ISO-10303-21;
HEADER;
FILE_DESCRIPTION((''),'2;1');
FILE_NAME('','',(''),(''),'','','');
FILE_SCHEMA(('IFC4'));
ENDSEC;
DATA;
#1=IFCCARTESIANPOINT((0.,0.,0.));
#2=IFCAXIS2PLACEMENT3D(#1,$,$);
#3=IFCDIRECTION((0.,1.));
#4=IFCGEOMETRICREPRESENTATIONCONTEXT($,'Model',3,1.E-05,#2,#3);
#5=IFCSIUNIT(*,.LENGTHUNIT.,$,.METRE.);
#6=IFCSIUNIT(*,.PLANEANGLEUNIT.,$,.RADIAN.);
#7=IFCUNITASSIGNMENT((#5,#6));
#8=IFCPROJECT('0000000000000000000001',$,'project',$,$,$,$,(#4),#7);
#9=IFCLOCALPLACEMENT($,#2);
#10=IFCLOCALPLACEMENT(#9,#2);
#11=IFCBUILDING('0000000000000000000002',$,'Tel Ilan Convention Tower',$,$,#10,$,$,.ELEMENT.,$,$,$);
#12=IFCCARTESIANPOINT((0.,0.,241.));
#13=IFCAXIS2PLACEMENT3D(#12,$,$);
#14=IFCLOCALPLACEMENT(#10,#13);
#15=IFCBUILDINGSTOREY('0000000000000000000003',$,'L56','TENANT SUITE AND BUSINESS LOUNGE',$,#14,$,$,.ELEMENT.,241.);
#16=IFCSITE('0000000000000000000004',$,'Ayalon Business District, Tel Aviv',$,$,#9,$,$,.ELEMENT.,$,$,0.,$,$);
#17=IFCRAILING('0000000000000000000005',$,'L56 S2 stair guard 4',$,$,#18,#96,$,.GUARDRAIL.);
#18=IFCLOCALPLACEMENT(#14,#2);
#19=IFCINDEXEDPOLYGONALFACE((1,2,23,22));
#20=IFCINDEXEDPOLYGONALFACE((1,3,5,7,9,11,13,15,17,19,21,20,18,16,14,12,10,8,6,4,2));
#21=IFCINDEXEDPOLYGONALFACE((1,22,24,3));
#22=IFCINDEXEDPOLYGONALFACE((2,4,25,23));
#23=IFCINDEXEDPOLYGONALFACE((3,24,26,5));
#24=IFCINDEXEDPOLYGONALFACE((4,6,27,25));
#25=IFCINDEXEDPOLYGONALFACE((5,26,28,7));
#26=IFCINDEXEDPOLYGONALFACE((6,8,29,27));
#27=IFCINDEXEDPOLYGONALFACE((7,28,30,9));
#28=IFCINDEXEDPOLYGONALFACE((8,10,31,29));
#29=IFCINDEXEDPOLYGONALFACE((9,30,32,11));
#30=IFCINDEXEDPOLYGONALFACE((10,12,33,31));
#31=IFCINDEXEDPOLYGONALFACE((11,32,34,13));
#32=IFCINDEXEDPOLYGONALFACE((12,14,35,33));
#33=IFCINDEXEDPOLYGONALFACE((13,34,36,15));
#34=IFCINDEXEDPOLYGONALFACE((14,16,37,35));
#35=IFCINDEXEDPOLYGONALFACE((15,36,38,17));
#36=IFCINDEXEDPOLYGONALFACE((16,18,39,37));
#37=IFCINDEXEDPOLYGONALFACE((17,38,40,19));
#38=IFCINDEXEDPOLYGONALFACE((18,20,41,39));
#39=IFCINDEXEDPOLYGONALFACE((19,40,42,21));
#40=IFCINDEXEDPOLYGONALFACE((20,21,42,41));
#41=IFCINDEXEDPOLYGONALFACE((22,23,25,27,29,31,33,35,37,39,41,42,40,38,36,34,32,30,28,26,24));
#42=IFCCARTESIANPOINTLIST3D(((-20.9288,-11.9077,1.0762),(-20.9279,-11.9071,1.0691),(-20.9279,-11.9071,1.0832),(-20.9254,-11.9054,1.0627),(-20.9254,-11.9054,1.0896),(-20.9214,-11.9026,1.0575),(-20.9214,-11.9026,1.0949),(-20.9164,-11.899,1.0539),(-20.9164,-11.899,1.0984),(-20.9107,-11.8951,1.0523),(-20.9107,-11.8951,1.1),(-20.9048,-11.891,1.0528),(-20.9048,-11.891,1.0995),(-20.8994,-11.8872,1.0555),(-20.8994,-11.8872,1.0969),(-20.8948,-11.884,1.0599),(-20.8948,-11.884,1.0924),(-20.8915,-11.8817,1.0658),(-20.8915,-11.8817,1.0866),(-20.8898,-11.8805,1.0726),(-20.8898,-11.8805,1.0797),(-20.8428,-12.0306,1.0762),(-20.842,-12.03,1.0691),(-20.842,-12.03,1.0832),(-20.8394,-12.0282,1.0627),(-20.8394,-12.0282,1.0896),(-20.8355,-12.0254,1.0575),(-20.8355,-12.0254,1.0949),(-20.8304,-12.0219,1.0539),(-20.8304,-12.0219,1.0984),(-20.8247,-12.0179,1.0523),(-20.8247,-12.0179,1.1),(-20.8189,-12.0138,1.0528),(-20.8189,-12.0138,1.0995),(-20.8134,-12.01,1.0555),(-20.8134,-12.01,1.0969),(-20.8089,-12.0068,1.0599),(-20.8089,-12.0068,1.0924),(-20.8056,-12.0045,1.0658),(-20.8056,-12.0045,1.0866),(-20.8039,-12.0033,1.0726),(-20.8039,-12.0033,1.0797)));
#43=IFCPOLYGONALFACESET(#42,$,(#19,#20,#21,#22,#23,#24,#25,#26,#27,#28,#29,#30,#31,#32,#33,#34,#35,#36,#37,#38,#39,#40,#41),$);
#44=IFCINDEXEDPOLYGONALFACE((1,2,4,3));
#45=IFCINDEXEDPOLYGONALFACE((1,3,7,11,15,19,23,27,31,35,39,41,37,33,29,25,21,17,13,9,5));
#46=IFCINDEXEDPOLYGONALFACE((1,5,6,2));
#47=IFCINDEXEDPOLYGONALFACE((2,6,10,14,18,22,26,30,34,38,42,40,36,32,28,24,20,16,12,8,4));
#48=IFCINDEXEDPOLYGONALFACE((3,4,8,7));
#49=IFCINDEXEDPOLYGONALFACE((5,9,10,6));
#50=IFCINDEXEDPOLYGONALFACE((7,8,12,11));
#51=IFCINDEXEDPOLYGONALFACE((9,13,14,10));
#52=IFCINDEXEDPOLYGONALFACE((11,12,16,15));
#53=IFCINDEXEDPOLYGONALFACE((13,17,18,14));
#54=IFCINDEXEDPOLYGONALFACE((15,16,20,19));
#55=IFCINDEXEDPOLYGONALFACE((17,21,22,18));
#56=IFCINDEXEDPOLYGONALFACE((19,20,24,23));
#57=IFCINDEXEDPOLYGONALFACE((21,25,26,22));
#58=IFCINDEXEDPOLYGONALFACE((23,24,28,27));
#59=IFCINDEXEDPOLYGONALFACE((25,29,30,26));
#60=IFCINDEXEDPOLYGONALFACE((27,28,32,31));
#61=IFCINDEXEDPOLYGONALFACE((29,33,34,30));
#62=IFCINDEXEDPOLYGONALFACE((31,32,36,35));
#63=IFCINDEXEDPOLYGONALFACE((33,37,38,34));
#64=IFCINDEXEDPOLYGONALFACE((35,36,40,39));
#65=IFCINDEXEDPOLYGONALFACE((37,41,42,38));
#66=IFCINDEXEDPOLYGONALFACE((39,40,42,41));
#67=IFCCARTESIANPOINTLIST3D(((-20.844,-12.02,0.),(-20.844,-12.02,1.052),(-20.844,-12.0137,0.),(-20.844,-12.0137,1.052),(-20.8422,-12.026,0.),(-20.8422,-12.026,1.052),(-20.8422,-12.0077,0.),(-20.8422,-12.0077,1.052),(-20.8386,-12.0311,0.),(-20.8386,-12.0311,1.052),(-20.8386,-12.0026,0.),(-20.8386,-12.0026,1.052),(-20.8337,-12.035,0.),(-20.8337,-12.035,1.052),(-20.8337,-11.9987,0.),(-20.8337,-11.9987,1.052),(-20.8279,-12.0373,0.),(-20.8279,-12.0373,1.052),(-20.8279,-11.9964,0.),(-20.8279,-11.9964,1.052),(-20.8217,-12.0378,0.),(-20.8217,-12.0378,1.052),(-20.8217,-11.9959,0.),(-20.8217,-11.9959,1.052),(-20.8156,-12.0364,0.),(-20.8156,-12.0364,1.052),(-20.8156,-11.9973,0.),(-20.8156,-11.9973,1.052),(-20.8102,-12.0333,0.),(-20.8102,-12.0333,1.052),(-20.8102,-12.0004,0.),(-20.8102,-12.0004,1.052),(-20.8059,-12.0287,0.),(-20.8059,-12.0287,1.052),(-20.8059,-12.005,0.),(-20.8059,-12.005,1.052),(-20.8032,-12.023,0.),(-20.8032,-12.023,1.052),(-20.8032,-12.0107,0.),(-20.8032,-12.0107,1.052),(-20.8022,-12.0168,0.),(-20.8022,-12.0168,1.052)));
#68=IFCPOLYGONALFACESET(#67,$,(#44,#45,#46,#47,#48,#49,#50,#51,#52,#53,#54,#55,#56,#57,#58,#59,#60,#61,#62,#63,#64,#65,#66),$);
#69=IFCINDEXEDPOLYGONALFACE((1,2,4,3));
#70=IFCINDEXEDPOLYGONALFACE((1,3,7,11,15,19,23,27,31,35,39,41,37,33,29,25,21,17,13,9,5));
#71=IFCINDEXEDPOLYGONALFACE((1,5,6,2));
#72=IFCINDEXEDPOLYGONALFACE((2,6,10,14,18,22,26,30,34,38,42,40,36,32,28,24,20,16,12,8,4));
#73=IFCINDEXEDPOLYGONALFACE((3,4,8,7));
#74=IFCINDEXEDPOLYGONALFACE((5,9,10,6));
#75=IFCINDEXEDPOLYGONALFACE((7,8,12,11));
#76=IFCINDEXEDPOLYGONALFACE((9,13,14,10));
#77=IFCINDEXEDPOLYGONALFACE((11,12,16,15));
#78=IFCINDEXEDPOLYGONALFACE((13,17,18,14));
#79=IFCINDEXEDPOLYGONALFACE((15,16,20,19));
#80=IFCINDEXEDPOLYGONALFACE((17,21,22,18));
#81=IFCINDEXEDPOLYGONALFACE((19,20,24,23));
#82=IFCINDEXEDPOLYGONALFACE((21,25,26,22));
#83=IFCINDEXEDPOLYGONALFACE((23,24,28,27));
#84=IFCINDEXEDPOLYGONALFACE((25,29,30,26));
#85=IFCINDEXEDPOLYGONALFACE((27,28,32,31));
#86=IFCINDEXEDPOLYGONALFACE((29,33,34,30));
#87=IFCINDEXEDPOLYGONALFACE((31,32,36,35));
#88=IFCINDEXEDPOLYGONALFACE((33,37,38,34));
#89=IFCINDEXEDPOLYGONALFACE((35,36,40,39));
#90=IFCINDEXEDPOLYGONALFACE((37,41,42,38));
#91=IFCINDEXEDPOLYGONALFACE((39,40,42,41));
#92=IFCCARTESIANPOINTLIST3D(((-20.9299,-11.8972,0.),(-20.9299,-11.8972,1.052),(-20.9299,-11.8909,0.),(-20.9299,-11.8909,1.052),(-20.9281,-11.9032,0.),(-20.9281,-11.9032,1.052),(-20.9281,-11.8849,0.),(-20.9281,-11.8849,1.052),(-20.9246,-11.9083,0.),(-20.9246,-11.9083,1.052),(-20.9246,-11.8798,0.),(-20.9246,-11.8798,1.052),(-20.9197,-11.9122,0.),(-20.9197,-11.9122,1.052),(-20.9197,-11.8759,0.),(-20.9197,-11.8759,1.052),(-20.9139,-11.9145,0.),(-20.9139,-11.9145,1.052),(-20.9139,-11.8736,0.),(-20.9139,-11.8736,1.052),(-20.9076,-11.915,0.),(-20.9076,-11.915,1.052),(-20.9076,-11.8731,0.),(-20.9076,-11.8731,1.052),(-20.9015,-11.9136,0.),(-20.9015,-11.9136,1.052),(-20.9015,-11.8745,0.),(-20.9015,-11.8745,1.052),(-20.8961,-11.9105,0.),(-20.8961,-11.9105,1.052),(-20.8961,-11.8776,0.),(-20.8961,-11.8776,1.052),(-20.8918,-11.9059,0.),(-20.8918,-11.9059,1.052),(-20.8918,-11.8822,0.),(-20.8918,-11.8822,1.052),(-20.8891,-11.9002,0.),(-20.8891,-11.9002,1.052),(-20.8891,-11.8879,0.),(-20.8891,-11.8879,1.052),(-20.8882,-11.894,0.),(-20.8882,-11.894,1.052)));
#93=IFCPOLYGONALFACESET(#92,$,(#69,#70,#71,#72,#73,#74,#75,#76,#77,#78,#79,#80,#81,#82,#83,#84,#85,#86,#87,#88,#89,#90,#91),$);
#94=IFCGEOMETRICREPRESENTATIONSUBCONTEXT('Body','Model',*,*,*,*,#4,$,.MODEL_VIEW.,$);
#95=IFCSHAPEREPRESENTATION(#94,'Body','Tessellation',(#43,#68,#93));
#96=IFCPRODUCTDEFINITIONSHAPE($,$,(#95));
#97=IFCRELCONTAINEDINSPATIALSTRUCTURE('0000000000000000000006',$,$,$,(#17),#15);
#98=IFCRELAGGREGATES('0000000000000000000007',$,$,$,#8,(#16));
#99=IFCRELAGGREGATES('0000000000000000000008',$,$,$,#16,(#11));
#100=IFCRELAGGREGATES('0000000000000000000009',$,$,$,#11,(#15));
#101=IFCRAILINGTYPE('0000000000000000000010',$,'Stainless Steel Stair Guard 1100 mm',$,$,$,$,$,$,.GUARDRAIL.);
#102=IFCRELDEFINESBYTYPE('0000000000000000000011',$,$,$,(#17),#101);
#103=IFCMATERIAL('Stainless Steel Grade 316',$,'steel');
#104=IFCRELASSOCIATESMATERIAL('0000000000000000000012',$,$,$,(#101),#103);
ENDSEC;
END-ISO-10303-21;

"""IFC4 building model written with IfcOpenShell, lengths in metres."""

from ifc_helpers import new_model, si_unit, direction, frame, origin, origin_2d, place, context, subcontext, project, spatial, circle, extrude, material, type_object, element, save


model = new_model("IFC4")

# Units and contexts
model_context = context("Model", 3, precision=1e-05, world=origin(), true_north=direction((0.0, 1.0)))
body_context = subcontext(model_context, "Body", "Model", "MODEL_VIEW")
ifc_project = project(units=[si_unit("LENGTHUNIT", "METRE"), si_unit("PLANEANGLEUNIT", "RADIAN")], contexts=[model_context])

# Site, building, storey
site_placement = place(None, origin())
site = spatial("IfcSite", under=ifc_project, at=site_placement, Name="Ayalon Business District, Tel Aviv", CompositionType="ELEMENT", RefElevation=0.0)
building_placement = place(site_placement, origin())
building = spatial("IfcBuilding", under=site, at=building_placement, Name="Tel Ilan Convention Tower", CompositionType="ELEMENT")
storey_placement = place(building_placement, frame((0.0, 0.0, 241.0)))
storey = spatial("IfcBuildingStorey", under=building, at=storey_placement, Name="L56", Description="TENANT SUITE AND BUSINESS LOUNGE", CompositionType="ELEMENT", Elevation=241.0)

# Railing
ifc_material_1 = material(Name="Stainless Steel Grade 316", Category="steel")
railing_type_1 = type_object("IfcRailingType", Name="Stainless Steel Stair Guard 1100 mm", PredefinedType="GUARDRAIL", material=ifc_material_1)
railing_1_placement = place(storey_placement, frame((-20.8232, -12.0168, 0.0)))
element("IfcRailing", 1, at=railing_1_placement, inside=storey, type_object=railing_type_1, Name="L56 S2 stair guard 4", PredefinedType="GUARDRAIL", context=body_context, shape_type="SweptSolid", body=[
    extrude(circle(Radius=0.0239, at=origin_2d()), frame((0.0, 0.0, 1.0762), z_axis=(-0.573353, 0.819308, 0.0), x_axis=(-0.819308, -0.573353, 0.0)), (0.0, 0.0, 1.0), 0.1499),
    extrude(circle(Radius=0.021, at=origin_2d()), origin(), (0.0, 0.0, 1.0), 1.052),
    extrude(circle(Radius=0.021, at=origin_2d()), frame((-0.0859, 0.1228, 0.0)), (0.0, 0.0, 1.0), 1.052),
])

save(model, "model.ifc")
